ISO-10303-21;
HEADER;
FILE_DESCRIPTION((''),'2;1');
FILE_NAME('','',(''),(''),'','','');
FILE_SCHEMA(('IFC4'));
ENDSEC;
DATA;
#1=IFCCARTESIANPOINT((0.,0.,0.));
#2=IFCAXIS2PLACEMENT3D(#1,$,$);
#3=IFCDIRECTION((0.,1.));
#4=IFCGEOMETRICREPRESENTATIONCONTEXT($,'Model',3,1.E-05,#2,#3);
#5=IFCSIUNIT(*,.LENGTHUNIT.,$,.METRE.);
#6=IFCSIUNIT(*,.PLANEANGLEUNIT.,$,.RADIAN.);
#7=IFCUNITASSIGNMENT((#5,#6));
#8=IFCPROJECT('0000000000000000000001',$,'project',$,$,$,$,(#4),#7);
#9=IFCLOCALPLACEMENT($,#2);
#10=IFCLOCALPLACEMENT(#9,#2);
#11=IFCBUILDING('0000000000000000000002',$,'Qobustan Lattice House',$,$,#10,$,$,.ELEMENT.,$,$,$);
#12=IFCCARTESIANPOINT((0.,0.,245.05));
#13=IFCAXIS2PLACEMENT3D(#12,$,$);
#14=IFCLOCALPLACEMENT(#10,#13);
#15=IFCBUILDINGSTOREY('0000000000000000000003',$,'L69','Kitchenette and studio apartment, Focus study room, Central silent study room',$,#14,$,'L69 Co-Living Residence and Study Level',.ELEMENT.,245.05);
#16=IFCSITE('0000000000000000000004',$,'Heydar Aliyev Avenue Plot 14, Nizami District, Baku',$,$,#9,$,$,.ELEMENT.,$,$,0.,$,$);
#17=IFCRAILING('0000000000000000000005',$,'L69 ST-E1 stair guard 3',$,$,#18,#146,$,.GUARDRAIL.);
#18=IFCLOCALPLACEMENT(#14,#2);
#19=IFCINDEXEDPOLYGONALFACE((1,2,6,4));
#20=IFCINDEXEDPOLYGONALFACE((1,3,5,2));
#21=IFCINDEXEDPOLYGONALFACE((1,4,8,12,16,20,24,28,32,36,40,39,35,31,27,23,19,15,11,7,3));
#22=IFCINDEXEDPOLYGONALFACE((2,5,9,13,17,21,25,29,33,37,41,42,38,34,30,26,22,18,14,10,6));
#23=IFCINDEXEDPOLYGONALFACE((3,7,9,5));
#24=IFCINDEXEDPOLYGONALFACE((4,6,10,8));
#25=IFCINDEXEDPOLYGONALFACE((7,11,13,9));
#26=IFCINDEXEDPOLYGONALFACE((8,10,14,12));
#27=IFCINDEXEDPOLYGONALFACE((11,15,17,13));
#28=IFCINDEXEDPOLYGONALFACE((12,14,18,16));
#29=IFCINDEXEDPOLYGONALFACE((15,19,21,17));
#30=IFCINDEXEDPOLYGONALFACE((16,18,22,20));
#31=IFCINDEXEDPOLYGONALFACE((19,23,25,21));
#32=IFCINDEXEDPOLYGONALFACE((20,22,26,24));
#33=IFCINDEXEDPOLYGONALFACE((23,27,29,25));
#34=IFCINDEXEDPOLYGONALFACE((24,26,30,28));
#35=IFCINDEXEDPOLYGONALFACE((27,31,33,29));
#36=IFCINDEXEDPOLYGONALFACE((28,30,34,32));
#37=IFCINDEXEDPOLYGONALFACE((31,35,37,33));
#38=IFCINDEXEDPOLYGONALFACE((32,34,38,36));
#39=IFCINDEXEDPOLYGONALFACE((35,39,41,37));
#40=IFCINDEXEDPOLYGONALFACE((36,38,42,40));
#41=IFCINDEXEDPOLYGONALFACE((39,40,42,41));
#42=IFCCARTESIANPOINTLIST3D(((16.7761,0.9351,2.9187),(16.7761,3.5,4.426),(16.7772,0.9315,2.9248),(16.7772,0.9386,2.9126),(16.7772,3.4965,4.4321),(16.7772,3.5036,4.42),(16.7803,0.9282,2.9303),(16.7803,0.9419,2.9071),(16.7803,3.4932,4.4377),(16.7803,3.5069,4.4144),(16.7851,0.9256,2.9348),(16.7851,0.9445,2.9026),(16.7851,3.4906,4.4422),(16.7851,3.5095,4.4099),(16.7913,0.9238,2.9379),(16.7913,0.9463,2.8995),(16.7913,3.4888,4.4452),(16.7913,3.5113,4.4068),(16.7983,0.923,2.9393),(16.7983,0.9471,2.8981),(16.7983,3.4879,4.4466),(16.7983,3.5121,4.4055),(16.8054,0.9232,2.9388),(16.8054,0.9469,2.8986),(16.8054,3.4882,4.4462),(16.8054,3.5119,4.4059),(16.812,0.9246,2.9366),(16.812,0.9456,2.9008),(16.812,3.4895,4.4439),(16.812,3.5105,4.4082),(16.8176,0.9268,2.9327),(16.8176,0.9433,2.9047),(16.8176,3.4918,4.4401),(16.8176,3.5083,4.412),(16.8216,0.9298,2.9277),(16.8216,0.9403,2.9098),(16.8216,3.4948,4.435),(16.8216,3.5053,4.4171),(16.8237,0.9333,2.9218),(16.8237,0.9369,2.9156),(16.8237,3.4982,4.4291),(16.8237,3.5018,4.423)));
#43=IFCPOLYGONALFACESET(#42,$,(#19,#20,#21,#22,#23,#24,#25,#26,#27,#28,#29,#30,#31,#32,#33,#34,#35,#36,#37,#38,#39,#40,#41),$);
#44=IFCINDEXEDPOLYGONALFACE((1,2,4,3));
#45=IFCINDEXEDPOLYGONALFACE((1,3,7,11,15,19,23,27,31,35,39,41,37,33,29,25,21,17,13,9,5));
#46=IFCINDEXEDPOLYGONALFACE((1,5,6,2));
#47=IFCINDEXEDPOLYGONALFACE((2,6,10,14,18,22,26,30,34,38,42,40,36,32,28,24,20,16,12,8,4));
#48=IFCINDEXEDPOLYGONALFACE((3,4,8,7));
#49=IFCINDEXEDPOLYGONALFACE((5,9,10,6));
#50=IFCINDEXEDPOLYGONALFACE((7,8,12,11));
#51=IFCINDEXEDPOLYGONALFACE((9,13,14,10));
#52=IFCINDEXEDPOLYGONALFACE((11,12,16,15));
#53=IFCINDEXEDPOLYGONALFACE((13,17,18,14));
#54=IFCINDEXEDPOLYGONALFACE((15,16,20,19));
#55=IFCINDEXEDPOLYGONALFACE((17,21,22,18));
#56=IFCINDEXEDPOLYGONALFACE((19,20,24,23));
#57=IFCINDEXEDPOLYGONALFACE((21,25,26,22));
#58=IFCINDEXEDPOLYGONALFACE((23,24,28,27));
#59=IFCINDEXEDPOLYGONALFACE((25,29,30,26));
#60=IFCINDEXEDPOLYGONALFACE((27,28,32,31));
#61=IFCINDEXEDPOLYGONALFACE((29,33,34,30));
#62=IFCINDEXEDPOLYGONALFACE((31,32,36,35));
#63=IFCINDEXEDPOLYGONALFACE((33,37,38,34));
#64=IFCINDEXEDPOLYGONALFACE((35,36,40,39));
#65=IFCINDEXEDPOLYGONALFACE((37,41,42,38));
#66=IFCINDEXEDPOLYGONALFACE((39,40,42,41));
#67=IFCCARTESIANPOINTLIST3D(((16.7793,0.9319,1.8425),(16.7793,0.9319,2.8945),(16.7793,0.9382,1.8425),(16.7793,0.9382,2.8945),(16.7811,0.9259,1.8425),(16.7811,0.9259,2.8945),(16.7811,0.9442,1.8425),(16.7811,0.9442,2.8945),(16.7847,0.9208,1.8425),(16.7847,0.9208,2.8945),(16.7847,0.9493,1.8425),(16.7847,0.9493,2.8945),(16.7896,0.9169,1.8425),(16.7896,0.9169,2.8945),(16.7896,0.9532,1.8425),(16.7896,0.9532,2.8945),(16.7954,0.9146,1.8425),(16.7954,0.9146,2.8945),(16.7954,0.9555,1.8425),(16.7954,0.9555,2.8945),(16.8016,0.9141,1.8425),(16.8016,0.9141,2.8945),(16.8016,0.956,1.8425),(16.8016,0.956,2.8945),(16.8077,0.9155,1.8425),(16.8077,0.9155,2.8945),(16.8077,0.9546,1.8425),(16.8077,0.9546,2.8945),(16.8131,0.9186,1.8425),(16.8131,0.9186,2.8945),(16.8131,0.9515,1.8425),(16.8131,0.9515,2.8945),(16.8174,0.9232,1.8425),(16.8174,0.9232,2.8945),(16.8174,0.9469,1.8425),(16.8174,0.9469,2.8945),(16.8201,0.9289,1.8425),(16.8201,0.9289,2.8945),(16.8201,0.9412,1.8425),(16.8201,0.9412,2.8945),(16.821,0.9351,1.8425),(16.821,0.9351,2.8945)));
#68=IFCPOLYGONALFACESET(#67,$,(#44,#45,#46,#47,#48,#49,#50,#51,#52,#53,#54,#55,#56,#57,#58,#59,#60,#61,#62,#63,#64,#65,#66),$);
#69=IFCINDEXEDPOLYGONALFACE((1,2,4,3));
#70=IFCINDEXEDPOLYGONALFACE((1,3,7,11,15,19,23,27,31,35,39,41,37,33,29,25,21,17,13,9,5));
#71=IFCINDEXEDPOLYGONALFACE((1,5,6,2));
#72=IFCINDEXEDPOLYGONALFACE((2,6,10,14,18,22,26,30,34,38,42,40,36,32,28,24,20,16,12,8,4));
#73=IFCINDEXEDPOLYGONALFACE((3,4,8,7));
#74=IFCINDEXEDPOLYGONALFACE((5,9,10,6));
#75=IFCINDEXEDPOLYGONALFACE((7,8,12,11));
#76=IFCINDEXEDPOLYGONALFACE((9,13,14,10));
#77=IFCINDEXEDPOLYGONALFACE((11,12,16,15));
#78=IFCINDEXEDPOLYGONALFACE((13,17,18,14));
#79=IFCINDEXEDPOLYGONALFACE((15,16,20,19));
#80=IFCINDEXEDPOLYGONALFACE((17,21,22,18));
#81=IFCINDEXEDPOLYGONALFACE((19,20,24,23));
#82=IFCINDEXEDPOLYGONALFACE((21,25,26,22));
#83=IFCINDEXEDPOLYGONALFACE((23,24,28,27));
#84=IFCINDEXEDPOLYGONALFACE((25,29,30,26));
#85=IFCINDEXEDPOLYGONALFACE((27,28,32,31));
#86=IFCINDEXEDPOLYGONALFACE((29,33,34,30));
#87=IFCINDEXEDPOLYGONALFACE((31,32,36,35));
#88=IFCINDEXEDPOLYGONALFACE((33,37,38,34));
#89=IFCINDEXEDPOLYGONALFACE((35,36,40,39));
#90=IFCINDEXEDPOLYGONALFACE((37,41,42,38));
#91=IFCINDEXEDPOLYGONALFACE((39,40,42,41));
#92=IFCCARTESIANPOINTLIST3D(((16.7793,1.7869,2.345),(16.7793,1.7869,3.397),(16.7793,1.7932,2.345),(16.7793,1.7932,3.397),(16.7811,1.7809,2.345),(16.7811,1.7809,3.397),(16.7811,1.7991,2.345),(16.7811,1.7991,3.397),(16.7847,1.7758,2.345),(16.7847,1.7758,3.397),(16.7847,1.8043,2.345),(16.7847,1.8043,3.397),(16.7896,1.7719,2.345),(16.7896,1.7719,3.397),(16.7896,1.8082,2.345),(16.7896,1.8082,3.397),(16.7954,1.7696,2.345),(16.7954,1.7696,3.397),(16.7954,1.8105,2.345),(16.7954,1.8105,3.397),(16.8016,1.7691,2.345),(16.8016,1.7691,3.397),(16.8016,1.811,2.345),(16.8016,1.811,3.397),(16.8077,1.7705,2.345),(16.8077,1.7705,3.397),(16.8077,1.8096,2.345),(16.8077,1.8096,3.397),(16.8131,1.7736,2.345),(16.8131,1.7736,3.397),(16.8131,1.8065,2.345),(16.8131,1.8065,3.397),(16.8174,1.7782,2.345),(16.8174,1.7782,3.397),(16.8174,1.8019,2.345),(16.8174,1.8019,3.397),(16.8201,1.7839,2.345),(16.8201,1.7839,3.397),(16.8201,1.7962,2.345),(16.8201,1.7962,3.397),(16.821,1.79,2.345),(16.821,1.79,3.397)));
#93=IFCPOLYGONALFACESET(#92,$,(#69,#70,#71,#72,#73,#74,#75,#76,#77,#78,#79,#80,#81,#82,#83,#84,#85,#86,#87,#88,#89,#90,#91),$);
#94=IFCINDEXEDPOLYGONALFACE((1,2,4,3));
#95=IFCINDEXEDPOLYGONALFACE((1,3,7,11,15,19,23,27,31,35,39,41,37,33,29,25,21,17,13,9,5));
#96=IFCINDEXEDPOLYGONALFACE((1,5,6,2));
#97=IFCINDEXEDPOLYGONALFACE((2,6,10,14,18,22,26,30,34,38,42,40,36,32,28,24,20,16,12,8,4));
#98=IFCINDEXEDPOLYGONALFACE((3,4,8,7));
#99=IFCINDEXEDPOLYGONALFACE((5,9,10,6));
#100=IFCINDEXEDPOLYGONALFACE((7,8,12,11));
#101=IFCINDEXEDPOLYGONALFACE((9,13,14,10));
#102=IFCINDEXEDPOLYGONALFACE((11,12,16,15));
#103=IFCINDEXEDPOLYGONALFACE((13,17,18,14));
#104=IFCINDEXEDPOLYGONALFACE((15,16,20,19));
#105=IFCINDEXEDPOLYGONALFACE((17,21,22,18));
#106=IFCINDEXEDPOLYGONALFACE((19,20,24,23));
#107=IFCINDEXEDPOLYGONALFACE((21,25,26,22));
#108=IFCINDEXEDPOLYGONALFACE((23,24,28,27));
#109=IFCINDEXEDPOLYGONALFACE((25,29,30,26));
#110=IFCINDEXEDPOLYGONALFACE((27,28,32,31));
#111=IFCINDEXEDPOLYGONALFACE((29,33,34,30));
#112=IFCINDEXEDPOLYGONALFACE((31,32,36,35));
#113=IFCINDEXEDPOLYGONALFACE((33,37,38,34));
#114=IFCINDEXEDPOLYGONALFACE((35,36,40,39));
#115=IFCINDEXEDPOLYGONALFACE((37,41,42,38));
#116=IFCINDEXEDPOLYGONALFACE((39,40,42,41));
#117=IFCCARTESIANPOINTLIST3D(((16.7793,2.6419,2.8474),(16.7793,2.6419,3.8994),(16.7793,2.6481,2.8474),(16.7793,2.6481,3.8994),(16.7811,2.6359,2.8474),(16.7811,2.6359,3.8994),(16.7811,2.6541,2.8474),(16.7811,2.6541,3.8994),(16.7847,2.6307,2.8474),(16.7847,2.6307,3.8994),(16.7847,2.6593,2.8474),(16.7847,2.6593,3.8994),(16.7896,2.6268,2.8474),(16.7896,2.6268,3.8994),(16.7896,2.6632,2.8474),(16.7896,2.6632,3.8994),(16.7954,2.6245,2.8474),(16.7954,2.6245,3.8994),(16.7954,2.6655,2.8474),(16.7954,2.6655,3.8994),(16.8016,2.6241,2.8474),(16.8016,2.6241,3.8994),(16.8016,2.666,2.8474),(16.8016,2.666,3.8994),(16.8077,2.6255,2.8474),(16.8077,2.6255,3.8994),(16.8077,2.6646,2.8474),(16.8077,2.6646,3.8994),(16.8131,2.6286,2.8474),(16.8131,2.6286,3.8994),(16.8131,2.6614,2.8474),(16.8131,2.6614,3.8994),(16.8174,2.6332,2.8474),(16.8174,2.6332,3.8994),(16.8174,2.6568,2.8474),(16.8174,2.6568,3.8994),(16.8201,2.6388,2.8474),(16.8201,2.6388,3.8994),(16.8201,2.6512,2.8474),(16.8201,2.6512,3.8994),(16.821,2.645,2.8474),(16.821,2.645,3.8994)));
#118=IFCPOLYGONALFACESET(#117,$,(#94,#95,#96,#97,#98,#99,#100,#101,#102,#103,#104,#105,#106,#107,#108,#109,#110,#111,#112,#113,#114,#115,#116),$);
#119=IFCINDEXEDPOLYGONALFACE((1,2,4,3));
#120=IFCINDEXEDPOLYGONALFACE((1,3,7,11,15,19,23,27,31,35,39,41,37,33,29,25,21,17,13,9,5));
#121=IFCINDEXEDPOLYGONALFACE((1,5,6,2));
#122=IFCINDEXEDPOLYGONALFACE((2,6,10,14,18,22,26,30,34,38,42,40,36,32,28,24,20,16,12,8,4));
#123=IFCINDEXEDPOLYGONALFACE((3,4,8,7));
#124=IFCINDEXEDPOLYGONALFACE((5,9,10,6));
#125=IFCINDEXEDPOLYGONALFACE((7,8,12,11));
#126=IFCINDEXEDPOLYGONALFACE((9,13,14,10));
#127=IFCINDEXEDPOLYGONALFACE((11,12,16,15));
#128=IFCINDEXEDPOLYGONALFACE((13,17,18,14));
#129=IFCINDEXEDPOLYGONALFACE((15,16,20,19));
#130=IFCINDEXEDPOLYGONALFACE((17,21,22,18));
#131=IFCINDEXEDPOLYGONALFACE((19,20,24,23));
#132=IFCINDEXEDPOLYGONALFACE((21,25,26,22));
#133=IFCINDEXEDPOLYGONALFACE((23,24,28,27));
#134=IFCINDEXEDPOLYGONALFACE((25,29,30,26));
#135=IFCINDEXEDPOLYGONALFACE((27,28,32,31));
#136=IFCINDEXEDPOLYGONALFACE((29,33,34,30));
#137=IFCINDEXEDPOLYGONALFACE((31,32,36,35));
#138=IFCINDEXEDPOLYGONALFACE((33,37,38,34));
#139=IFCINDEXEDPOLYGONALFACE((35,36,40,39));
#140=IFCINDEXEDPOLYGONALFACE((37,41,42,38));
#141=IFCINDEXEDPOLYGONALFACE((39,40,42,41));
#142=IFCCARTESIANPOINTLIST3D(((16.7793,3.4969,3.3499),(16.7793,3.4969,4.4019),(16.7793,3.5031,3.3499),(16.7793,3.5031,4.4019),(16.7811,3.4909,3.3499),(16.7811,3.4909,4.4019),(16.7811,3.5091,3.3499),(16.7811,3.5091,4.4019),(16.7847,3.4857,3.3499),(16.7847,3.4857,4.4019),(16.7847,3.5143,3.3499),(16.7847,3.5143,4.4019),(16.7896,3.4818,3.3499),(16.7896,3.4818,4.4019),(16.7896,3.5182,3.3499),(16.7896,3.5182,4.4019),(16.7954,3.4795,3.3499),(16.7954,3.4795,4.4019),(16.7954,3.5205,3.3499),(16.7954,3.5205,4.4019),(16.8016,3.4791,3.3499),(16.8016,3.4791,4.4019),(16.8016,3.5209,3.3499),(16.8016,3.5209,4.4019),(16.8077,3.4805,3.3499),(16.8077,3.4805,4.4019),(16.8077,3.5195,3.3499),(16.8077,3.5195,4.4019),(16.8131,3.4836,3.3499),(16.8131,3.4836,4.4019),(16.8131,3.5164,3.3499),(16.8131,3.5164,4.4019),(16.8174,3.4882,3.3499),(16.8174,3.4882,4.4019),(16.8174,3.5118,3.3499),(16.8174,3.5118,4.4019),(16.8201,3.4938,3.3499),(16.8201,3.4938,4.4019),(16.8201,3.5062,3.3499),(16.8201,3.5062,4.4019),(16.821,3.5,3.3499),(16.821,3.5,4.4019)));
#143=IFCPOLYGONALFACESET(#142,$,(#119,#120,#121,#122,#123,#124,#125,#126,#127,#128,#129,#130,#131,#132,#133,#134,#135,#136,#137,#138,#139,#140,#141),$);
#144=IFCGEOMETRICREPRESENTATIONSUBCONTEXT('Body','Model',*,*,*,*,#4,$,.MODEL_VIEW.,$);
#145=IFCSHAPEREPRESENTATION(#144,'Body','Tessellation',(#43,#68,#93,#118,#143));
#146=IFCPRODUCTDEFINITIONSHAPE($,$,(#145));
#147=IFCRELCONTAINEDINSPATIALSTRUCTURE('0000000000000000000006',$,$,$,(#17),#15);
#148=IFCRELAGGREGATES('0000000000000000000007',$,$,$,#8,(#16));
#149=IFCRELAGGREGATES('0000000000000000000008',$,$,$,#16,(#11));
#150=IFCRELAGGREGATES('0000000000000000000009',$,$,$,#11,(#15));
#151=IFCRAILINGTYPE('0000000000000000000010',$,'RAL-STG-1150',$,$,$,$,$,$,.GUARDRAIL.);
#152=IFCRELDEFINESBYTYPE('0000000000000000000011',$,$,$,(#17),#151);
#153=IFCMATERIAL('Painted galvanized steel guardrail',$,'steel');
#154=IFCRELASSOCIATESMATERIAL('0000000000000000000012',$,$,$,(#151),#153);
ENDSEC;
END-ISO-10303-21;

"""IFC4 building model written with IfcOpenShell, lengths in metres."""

from ifc_helpers import new_model, si_unit, direction, frame, origin, origin_2d, place, context, subcontext, project, spatial, circle, extrude, material, type_object, element, save


model = new_model("IFC4")

# Units and contexts
model_context = context("Model", 3, precision=1e-05, world=origin(), true_north=direction((0.0, 1.0)))
body_context = subcontext(model_context, "Body", "Model", "MODEL_VIEW")
ifc_project = project(units=[si_unit("LENGTHUNIT", "METRE"), si_unit("PLANEANGLEUNIT", "RADIAN")], contexts=[model_context])

# Site, building, storey
site_placement = place(None, origin())
site = spatial("IfcSite", under=ifc_project, at=site_placement, Name="Heydar Aliyev Avenue Plot 14, Nizami District, Baku", CompositionType="ELEMENT", RefElevation=0.0)
building_placement = place(site_placement, origin())
building = spatial("IfcBuilding", under=site, at=building_placement, Name="Qobustan Lattice House", CompositionType="ELEMENT")
storey_placement = place(building_placement, frame((0.0, 0.0, 245.05)))
storey = spatial("IfcBuildingStorey", under=building, at=storey_placement, Name="L69", Description="Kitchenette and studio apartment, Focus study room, Central silent study room", LongName="L69 Co-Living Residence and Study Level", CompositionType="ELEMENT", Elevation=245.05)

# Railing
ifc_material_1 = material(Name="Painted galvanized steel guardrail", Category="steel")
railing_type_1 = type_object("IfcRailingType", Name="RAL-STG-1150", PredefinedType="GUARDRAIL", material=ifc_material_1)
railing_1_placement = place(storey_placement, frame((16.8, 0.9351, 1.8425)))
element("IfcRailing", 1, at=railing_1_placement, inside=storey, type_object=railing_type_1, Name="L69 ST-E1 stair guard 3", PredefinedType="GUARDRAIL", context=body_context, shape_type="SweptSolid", body=[
    extrude(circle(Radius=0.0239, at=origin_2d()), frame((0.0, 0.0, 1.0762), z_axis=(0.0, 0.862149, 0.506654), x_axis=(-1.0, 0.0, 0.0)), (0.0, 0.0, 1.0), 2.9751),
    extrude(circle(Radius=0.021, at=origin_2d()), origin(), (0.0, 0.0, 1.0), 1.052),
    extrude(circle(Radius=0.021, at=origin_2d()), frame((0.0, 0.855, 0.5024)), (0.0, 0.0, 1.0), 1.052),
    extrude(circle(Radius=0.021, at=origin_2d()), frame((0.0, 1.71, 1.0049)), (0.0, 0.0, 1.0), 1.052),
    extrude(circle(Radius=0.021, at=origin_2d()), frame((0.0, 2.5649, 1.5073)), (0.0, 0.0, 1.0), 1.052),
])

save(model, "model.ifc")
